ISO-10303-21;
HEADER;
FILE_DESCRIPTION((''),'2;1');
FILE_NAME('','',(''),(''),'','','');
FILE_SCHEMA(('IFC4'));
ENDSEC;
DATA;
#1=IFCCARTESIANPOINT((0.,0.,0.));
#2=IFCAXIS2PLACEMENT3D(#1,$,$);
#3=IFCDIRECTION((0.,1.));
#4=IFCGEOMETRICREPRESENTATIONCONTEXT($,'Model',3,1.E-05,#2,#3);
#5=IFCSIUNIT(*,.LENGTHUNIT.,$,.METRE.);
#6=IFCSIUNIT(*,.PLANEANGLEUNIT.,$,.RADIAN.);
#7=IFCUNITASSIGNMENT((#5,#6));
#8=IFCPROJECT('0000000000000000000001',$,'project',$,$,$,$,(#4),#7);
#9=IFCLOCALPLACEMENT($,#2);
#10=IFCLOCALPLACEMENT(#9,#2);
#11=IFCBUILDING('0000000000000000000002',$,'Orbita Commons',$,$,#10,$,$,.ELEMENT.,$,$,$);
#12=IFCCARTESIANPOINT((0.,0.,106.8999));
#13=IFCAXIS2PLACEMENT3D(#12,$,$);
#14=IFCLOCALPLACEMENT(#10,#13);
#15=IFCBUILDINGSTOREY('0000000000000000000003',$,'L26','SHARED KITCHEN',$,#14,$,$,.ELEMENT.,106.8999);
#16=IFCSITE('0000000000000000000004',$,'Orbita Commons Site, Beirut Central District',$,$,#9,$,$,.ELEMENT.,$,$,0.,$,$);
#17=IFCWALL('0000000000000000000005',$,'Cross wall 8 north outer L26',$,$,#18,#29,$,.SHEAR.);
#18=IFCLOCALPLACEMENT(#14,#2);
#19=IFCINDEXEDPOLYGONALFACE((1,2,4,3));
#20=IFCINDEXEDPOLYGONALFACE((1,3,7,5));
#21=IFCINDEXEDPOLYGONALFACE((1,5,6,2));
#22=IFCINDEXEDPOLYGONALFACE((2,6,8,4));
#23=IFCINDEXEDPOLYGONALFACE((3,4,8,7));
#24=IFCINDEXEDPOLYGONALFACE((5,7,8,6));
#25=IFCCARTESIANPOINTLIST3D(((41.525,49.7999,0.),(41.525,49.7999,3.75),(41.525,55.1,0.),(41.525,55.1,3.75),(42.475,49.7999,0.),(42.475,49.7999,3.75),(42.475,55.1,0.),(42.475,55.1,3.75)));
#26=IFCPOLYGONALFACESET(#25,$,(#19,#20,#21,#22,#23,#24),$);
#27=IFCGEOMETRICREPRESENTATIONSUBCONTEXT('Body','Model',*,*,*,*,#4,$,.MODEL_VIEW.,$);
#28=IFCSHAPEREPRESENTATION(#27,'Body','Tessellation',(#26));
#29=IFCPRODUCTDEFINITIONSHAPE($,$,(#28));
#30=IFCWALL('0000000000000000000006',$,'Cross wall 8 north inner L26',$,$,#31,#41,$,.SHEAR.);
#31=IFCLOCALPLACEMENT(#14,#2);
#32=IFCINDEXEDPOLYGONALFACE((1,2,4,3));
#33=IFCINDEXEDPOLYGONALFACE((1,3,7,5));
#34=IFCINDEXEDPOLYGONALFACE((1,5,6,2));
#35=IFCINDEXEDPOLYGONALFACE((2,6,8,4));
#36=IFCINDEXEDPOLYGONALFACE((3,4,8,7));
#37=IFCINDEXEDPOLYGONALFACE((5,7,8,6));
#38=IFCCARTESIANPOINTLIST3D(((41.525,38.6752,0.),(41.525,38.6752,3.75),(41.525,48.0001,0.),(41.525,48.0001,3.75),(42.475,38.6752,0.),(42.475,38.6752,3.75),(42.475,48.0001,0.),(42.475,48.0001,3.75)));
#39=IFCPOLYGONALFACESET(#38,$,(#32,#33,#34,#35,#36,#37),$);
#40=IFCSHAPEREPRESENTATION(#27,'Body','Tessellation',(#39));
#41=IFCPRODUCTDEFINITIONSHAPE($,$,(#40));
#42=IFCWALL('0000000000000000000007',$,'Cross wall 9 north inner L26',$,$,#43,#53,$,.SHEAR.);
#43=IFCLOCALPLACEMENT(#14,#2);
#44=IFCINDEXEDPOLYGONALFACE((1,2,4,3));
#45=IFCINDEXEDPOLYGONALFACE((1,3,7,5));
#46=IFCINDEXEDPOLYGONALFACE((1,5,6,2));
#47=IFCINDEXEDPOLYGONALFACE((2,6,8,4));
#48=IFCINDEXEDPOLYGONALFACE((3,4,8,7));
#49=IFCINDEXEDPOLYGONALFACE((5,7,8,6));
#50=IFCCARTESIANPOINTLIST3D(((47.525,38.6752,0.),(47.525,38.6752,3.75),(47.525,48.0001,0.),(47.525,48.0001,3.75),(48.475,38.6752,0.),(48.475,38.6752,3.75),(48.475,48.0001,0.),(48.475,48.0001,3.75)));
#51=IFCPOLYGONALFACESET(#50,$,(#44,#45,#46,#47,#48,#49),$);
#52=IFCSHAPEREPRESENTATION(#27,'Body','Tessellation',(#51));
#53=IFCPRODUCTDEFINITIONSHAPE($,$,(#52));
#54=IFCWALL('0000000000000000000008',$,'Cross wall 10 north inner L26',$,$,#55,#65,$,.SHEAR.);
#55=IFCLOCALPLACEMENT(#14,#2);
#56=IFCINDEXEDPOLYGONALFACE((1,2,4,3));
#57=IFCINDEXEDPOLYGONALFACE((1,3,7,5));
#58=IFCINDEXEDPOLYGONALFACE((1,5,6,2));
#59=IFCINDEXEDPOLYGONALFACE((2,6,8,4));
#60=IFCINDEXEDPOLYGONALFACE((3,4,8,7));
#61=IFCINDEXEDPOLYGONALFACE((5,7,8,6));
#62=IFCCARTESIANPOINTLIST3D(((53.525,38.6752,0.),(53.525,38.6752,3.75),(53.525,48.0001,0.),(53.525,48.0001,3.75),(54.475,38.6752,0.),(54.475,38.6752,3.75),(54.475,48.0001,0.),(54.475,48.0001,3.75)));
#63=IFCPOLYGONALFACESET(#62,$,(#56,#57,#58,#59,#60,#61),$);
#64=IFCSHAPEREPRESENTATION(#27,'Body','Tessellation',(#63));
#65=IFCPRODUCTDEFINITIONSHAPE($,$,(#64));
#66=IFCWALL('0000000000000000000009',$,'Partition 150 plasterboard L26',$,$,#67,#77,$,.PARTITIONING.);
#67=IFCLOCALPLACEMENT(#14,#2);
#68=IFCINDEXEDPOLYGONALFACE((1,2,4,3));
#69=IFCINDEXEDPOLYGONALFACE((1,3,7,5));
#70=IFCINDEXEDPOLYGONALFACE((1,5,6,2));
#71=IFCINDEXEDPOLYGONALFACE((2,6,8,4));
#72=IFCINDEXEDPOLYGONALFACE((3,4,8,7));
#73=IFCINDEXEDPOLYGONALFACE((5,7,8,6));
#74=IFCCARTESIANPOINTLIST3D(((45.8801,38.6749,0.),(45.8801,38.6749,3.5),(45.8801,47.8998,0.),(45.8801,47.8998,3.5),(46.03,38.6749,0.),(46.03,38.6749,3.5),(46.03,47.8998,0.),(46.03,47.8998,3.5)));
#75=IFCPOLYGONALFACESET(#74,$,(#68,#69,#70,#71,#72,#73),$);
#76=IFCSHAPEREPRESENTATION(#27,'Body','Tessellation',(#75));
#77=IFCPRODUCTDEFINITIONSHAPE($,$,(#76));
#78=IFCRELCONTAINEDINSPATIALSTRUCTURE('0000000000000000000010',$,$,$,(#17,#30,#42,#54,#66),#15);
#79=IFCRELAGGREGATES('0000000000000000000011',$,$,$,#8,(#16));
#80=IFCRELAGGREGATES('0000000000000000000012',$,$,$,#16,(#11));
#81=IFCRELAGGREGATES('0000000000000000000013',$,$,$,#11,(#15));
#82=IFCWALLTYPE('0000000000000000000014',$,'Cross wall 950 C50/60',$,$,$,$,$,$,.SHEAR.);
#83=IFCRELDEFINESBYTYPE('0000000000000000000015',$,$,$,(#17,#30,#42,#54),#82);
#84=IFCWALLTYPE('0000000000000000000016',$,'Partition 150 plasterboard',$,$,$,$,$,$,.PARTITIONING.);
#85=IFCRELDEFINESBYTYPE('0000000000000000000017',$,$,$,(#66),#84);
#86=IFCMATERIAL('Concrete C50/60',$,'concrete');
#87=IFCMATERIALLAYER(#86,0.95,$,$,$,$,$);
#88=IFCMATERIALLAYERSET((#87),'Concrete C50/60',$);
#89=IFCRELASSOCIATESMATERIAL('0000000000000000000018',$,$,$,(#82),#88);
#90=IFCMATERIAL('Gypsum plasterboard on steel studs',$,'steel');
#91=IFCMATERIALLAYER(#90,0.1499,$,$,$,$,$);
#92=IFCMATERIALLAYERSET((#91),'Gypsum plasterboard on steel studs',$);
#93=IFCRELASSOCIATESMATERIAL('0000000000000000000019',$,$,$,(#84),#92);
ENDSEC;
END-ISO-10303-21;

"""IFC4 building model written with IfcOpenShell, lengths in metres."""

from ifc_helpers import new_model, si_unit, direction, frame, frame_2d, origin, place, context, subcontext, project, spatial, rectangle, extrude, material, layer, layer_set, type_object, element, save


model = new_model("IFC4")

# Units and contexts
model_context = context("Model", 3, precision=1e-05, world=origin(), true_north=direction((0.0, 1.0)))
body_context = subcontext(model_context, "Body", "Model", "MODEL_VIEW")
ifc_project = project(units=[si_unit("LENGTHUNIT", "METRE"), si_unit("PLANEANGLEUNIT", "RADIAN")], contexts=[model_context])

# Site, building, storey
site_placement = place(None, origin())
site = spatial("IfcSite", under=ifc_project, at=site_placement, Name="Orbita Commons Site, Beirut Central District", CompositionType="ELEMENT", RefElevation=0.0)
building_placement = place(site_placement, origin())
building = spatial("IfcBuilding", under=site, at=building_placement, Name="Orbita Commons", CompositionType="ELEMENT")
storey_placement = place(building_placement, frame((0.0, 0.0, 106.8999)))
storey = spatial("IfcBuildingStorey", under=building, at=storey_placement, Name="L26", Description="SHARED KITCHEN", CompositionType="ELEMENT", Elevation=106.8999)

# Walls
ifc_material_1 = material(Name="Concrete C50/60", Category="concrete")
ifc_layer_1 = layer(ifc_material_1, 0.95)
ifc_layer_set_1 = layer_set([ifc_layer_1], Name="Concrete C50/60")
wall_type_1 = type_object("IfcWallType", Name="Cross wall 950 C50/60", PredefinedType="SHEAR", material=ifc_layer_set_1)
wall_1_placement = place(storey_placement, frame((42.0, 49.8, 0.0), z_axis=(0.0, 0.0, 1.0), x_axis=(0.0, 1.0, 0.0)))
element("IfcWall", 1, at=wall_1_placement, inside=storey, type_object=wall_type_1, Name="Cross wall 8 north outer L26", PredefinedType="SHEAR", context=body_context, shape_type="SweptSolid", body=[
    extrude(rectangle(XDim=5.3, YDim=0.95, at=frame_2d((2.6499, 0.0))), origin(), (0.0, 0.0, 1.0), 3.75),
])
for number, where, z_axis, x_axis, name in (
    (2, (42.0, 38.675, 0.0), (0.0, 0.0, 1.0), (0.0, 1.0, 0.0), "Cross wall 8 north inner L26"),
    (3, (48.0, 38.675, 0.0), (0.0, 0.0, 1.0), (0.0, 1.0, 0.0), "Cross wall 9 north inner L26"),
    (4, (54.0, 38.675, 0.0), (0.0, 0.0, 1.0), (0.0, 1.0, 0.0), "Cross wall 10 north inner L26"),
):
    element("IfcWall", number, at=place(storey_placement, frame(where, z_axis=z_axis, x_axis=x_axis)), inside=storey, type_object=wall_type_1, Name=name, PredefinedType="SHEAR", context=body_context, shape_type="SweptSolid", body=[
        extrude(rectangle(XDim=9.325, YDim=0.95, at=frame_2d((4.6626, 0.0))), origin(), (0.0, 0.0, 1.0), 3.75),
    ])
ifc_material_2 = material(Name="Gypsum plasterboard on steel studs", Category="steel")
ifc_layer_2 = layer(ifc_material_2, 0.1499)
ifc_layer_set_2 = layer_set([ifc_layer_2], Name="Gypsum plasterboard on steel studs")
wall_type_2 = type_object("IfcWallType", Name="Partition 150 plasterboard", PredefinedType="PARTITIONING", material=ifc_layer_set_2)
wall_2_placement = place(storey_placement, frame((45.9551, 38.675, 0.0), z_axis=(0.0, 0.0, 1.0), x_axis=(0.0, 1.0, 0.0)))
element("IfcWall", 5, at=wall_2_placement, inside=storey, type_object=wall_type_2, Name="Partition 150 plasterboard L26", PredefinedType="PARTITIONING", context=body_context, shape_type="SweptSolid", body=[
    extrude(rectangle(XDim=9.2249, YDim=0.1499, at=frame_2d((4.6123, 0.0))), origin(), (0.0, 0.0, 1.0), 3.5),
])

save(model, "model.ifc")
